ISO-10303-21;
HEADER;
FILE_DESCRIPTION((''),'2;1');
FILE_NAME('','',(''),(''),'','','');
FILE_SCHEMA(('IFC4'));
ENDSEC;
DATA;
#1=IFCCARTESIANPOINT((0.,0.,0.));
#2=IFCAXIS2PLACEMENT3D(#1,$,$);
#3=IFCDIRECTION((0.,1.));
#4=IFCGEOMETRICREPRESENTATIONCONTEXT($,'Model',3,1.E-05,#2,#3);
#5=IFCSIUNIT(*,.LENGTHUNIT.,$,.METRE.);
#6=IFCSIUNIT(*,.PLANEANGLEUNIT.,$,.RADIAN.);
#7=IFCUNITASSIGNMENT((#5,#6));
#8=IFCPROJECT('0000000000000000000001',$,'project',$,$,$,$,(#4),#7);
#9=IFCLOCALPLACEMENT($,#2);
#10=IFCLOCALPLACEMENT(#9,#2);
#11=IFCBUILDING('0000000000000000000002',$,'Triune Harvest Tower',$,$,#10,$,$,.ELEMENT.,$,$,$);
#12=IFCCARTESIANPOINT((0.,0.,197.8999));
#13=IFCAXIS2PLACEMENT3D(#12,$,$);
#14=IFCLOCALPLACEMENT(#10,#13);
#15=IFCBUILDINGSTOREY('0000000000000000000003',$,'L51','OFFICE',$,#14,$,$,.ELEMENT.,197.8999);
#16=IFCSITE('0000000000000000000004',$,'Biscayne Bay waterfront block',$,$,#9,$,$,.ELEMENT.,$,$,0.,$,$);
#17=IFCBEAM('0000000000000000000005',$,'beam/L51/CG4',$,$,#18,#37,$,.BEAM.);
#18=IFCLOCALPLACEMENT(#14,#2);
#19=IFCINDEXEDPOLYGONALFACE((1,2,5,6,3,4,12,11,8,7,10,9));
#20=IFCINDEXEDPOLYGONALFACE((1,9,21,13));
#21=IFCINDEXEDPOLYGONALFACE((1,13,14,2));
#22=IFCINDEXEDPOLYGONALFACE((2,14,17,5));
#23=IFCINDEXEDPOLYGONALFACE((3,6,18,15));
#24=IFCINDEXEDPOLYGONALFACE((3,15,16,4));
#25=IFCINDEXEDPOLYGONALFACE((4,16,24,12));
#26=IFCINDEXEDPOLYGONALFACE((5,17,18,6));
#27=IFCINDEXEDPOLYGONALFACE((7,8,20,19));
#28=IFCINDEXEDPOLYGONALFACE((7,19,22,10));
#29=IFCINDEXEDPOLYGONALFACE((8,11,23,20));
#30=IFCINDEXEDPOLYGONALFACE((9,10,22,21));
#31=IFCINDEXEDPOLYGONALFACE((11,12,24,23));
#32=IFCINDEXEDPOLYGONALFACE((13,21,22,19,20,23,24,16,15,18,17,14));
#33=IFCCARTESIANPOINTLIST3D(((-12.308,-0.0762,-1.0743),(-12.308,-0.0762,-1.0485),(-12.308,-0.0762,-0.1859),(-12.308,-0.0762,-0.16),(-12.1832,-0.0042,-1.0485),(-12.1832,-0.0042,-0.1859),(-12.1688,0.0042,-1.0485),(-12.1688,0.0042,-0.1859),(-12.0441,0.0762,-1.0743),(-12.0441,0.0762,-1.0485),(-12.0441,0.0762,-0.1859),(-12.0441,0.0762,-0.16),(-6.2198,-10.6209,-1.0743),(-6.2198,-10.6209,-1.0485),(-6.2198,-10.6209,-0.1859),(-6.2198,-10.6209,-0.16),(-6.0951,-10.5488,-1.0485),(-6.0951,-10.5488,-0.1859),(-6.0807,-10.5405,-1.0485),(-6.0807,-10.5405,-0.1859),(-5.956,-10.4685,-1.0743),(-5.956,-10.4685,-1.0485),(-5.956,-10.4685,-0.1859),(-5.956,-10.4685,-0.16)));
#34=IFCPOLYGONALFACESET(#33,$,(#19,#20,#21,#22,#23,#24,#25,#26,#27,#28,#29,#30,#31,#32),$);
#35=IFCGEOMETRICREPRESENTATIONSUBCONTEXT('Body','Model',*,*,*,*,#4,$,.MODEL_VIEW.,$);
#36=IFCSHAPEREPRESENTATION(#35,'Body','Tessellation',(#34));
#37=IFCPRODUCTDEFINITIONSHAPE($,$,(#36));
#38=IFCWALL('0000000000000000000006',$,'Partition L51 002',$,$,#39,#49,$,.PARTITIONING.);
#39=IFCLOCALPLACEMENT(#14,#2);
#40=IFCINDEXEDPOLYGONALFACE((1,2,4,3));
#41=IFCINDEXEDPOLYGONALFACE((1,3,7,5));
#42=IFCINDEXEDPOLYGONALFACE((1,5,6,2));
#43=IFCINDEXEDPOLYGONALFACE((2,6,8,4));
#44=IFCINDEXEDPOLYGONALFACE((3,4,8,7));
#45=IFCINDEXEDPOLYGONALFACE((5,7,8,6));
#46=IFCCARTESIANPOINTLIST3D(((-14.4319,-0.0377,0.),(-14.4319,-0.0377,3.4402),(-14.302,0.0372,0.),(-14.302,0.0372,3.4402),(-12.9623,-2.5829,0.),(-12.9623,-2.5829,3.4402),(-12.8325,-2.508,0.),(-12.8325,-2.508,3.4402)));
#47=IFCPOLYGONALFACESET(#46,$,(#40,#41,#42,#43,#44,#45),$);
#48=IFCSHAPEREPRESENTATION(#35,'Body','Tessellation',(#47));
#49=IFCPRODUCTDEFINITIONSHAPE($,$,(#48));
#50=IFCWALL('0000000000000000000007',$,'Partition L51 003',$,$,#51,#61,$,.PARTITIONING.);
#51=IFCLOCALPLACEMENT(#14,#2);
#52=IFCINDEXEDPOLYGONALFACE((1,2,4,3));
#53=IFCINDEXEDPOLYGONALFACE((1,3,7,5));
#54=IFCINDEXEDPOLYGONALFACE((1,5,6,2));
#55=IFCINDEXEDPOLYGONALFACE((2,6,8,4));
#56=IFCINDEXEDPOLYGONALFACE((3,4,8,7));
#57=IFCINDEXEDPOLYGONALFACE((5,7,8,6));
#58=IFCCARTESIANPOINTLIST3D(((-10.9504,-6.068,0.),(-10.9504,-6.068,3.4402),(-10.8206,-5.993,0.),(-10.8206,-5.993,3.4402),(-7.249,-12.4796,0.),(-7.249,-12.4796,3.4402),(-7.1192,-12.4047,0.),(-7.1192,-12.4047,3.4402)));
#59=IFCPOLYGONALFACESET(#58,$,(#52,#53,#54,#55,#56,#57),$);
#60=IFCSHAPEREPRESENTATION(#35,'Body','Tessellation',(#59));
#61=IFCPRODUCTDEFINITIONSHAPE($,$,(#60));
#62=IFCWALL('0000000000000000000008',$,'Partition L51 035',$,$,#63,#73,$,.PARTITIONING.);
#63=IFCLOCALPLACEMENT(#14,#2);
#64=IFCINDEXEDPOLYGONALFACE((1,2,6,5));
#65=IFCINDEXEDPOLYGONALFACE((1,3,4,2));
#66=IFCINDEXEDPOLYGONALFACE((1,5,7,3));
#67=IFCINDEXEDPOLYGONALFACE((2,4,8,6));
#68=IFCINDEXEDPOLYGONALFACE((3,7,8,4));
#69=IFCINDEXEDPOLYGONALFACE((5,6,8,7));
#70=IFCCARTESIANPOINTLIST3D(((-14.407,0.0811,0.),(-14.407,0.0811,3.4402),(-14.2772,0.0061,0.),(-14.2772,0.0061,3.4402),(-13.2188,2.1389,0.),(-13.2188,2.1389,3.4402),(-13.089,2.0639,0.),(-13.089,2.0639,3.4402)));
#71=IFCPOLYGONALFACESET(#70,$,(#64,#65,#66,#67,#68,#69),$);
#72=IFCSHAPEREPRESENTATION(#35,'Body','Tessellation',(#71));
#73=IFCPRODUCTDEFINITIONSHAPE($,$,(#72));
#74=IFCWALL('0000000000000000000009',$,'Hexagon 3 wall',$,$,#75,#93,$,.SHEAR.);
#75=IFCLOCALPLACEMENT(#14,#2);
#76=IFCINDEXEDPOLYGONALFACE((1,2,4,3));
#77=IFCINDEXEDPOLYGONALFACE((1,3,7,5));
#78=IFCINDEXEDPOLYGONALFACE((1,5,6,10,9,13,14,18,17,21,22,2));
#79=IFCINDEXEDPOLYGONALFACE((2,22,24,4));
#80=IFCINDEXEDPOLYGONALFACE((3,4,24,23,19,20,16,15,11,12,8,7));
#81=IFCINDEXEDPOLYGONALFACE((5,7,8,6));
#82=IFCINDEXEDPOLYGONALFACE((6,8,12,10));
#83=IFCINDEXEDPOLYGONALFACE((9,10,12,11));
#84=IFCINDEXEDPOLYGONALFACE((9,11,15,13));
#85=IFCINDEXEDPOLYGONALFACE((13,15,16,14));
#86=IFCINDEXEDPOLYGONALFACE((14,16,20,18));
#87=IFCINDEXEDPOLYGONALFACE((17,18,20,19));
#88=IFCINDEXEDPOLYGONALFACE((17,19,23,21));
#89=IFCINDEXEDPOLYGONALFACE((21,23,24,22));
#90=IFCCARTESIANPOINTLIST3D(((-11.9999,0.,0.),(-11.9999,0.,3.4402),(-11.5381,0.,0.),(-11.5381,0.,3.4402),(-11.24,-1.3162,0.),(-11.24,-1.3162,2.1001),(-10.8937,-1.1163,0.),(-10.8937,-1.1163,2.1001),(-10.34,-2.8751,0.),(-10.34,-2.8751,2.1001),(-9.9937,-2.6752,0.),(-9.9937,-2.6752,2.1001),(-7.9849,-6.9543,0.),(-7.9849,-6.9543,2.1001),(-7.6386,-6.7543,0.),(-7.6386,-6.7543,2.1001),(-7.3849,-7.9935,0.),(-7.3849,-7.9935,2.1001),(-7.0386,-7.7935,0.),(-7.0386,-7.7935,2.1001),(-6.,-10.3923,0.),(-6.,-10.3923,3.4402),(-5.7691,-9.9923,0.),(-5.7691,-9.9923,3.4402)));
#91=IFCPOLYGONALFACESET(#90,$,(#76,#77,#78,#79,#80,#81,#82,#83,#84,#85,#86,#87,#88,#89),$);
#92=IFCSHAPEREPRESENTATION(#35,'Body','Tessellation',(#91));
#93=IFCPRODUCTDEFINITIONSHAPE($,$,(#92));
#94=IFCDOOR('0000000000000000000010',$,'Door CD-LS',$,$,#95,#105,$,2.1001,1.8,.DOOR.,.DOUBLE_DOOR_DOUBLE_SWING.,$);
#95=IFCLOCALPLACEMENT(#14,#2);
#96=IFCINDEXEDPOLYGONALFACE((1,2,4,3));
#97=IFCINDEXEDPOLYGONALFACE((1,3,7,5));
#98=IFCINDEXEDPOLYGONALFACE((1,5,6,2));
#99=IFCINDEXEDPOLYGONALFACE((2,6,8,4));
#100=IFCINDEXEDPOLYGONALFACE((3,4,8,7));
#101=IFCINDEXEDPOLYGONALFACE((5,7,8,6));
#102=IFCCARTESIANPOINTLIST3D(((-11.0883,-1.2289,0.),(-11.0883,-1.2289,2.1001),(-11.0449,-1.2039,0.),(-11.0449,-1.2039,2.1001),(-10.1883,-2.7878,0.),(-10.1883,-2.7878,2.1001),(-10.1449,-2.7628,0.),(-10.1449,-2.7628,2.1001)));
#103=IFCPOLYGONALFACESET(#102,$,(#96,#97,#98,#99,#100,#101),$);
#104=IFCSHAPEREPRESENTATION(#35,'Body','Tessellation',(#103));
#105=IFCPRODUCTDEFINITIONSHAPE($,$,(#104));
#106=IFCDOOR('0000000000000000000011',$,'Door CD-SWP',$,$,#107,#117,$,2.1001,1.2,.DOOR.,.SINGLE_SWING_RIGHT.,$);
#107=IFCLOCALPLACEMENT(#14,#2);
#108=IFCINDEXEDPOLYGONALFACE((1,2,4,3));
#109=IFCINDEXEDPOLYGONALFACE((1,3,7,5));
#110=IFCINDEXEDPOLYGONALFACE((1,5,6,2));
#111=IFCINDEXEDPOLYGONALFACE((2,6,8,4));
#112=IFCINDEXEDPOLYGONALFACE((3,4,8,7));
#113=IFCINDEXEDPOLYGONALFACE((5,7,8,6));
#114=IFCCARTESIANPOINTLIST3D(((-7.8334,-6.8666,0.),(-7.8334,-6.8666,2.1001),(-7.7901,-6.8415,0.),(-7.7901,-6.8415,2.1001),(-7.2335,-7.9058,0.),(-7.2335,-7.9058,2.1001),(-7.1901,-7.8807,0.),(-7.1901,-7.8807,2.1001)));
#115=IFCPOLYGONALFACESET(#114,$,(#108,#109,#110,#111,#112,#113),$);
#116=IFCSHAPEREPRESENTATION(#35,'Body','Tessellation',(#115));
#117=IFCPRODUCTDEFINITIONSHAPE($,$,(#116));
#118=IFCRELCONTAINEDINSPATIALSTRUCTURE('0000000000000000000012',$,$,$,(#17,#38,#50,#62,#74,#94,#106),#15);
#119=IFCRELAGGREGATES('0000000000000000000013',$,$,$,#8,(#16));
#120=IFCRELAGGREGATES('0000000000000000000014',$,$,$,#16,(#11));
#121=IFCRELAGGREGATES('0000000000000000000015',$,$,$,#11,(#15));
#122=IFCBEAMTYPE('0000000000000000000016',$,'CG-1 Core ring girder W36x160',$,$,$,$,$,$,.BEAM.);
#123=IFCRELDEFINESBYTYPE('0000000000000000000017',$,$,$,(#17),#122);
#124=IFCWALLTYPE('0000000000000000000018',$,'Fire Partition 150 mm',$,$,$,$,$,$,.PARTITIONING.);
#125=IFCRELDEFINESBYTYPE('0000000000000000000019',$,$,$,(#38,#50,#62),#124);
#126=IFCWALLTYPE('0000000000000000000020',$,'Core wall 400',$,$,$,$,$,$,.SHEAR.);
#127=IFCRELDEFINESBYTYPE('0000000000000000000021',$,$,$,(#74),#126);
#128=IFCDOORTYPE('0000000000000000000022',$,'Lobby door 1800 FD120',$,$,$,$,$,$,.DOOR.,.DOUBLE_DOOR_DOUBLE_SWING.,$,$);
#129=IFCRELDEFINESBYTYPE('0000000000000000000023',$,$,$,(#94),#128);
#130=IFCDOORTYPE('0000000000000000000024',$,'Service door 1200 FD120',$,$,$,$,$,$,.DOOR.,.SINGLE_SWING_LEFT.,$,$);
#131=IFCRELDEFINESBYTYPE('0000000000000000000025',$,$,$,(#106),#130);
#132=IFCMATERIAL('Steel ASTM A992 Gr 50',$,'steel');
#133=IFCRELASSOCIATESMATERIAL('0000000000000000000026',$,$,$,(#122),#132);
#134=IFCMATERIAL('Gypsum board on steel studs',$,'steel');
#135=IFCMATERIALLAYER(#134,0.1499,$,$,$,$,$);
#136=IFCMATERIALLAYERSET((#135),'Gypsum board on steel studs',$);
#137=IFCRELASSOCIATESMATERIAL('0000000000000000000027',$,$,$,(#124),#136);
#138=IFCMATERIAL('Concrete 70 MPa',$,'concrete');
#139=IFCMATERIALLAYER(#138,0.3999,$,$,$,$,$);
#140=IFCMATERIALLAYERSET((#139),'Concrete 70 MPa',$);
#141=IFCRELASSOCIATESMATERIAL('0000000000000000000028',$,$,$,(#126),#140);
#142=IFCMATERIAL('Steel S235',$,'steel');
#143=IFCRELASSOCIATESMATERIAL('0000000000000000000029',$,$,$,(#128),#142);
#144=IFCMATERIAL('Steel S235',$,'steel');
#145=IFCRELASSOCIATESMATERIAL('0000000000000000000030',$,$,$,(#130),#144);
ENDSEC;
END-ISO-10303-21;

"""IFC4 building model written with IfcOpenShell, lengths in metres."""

from ifc_helpers import new_model, si_unit, direction, frame, frame_2d, origin, origin_2d, place, context, subcontext, project, spatial, polyline, rectangle, i_section, outline, extrude, source, transform, mapped, material, layer, layer_set, material_profile, profile_set, type_object, element, fill, save


model = new_model("IFC4")

# Units and contexts
model_context = context("Model", 3, precision=1e-05, world=origin(), true_north=direction((0.0, 1.0)))
body_context = subcontext(model_context, "Body", "Model", "MODEL_VIEW")
ifc_project = project(units=[si_unit("LENGTHUNIT", "METRE"), si_unit("PLANEANGLEUNIT", "RADIAN")], contexts=[model_context])

# Site, building, storey
site_placement = place(None, origin())
site = spatial("IfcSite", under=ifc_project, at=site_placement, Name="Biscayne Bay waterfront block", CompositionType="ELEMENT", RefElevation=0.0)
building_placement = place(site_placement, origin())
building = spatial("IfcBuilding", under=site, at=building_placement, Name="Triune Harvest Tower", CompositionType="ELEMENT")
storey_placement = place(building_placement, frame((0.0, 0.0, 197.8999)))
storey = spatial("IfcBuildingStorey", under=building, at=storey_placement, Name="L51", Description="OFFICE", CompositionType="ELEMENT", Elevation=197.8999)

# Beam
ifc_material_1 = material(Name="Steel ASTM A992 Gr 50", Category="steel")
ifc_material_profile = material_profile(ifc_material_1, i_section(OverallWidth=0.3047, OverallDepth=0.9143, WebThickness=0.0166, FlangeThickness=0.0259, at=origin_2d()), Name="W36x160")
ifc_profile_set = profile_set([ifc_material_profile], Name="Steel ASTM A992 Gr 50")
beam_type = type_object("IfcBeamType", Name="CG-1 Core ring girder W36x160", PredefinedType="BEAM", material=ifc_profile_set)
shared_shape_1 = source(origin(), body_context, "Body", "SweptSolid", [
    extrude(i_section(OverallWidth=0.3047, OverallDepth=0.9143, WebThickness=0.0166, FlangeThickness=0.0259, at=origin_2d()), origin(), (0.0, 0.0, 1.0), 12.176),
])
beam_placement = place(storey_placement, frame((-12.176, 0.0, -0.6172), z_axis=(0.50001, -0.86602, 0.0), x_axis=(0.86602, 0.50001, 0.0)))
element("IfcBeam", 1, at=beam_placement, inside=storey, type_object=beam_type, Name="beam/L51/CG4", PredefinedType="BEAM", context=body_context, shape_type="MappedRepresentation", body=[
    mapped(shared_shape_1, transform((0.0, 0.0, 0.0), scale=1.0)),
])

# Walls
ifc_material_2 = material(Name="Gypsum board on steel studs", Category="steel")
ifc_layer_1 = layer(ifc_material_2, 0.1499)
ifc_layer_set_1 = layer_set([ifc_layer_1], Name="Gypsum board on steel studs")
wall_type_1 = type_object("IfcWallType", Name="Fire Partition 150 mm", PredefinedType="PARTITIONING", material=ifc_layer_set_1)
wall_1_placement = place(storey_placement, frame((-14.3669, -0.0002, 0.0), z_axis=(0.0, 0.0, 1.0), x_axis=(0.500008, -0.866021, 0.0)))
element("IfcWall", 2, at=wall_1_placement, inside=storey, type_object=wall_type_1, Name="Partition L51 002", PredefinedType="PARTITIONING", context=body_context, shape_type="SweptSolid", body=[
    extrude(rectangle(XDim=2.939, YDim=0.1499, at=frame_2d((1.4695, 0.0))), origin(), (0.0, 0.0, 1.0), 3.4402),
])
wall_2_placement = place(storey_placement, frame((-10.8855, -6.0305, 0.0), z_axis=(0.0, 0.0, 1.0), x_axis=(0.499966, -0.866045, 0.0)))
element("IfcWall", 3, at=wall_2_placement, inside=storey, type_object=wall_type_1, Name="Partition L51 003", PredefinedType="PARTITIONING", context=body_context, shape_type="SweptSolid", body=[
    extrude(rectangle(XDim=7.4033, YDim=0.1499, at=frame_2d((3.7017, 0.0))), origin(), (0.0, 0.0, 1.0), 3.4402),
])
wall_3_placement = place(storey_placement, frame((-14.342, 0.0437, 0.0), z_axis=(0.0, 0.0, 1.0), x_axis=(0.50004, 0.866003, 0.0)))
element("IfcWall", 4, at=wall_3_placement, inside=storey, type_object=wall_type_1, Name="Partition L51 035", PredefinedType="PARTITIONING", context=body_context, shape_type="SweptSolid", body=[
    extrude(rectangle(XDim=2.3762, YDim=0.1499, at=frame_2d((1.188, 0.0))), origin(), (0.0, 0.0, 1.0), 3.4402),
])

# Wall, openings, doors
ifc_material_3 = material(Name="Concrete 70 MPa", Category="concrete")
ifc_layer_2 = layer(ifc_material_3, 0.3999)
ifc_layer_set_2 = layer_set([ifc_layer_2], Name="Concrete 70 MPa")
wall_type_2 = type_object("IfcWallType", Name="Core wall 400", PredefinedType="SHEAR", material=ifc_layer_set_2)
shared_shape_2 = source(origin(), body_context, "Body", "SweptSolid", [
    extrude(outline(polyline([(-0.1155, -0.2), (11.8845, -0.2), (11.6536, 0.2), (0.1155, 0.2), (-0.1155, -0.2)])), origin(), (0.0, 0.0, 1.0), 3.4402),
])
wall_4_placement = place(storey_placement, frame((-11.769, 0.0, 0.0), z_axis=(0.0, 0.0, 1.0), x_axis=(0.499997, -0.866027, 0.0)))
wall_4 = element("IfcWall", 5, at=wall_4_placement, inside=storey, type_object=wall_type_2, Name="Hexagon 3 wall", PredefinedType="SHEAR", context=body_context, shape_type="MappedRepresentation", body=[
    mapped(shared_shape_2, transform((0.0, 0.0, 0.0), scale=1.0)),
])
opening_1_placement = place(wall_4_placement, frame((1.4045, 0.0, 0.0)))
opening_1 = element("IfcOpeningElement", 6, at=opening_1_placement, cuts=wall_4, PredefinedType="OPENING", context=body_context, shape_type="SweptSolid", body=[
    extrude(rectangle(XDim=1.8, YDim=2.1001, at=frame_2d((0.8999, 1.05))), frame((0.0, 0.21, 0.0), z_axis=(0.0, -1.0, 0.0), x_axis=(1.0, 0.0, 0.0)), (0.0, 0.0, 1.0), 0.4199),
])
opening_2_placement = place(wall_4_placement, frame((7.9146, 0.0, 0.0)))
opening_2 = element("IfcOpeningElement", 7, at=opening_2_placement, cuts=wall_4, PredefinedType="OPENING", context=body_context, shape_type="SweptSolid", body=[
    extrude(rectangle(XDim=1.2, YDim=2.1001, at=frame_2d((0.6001, 1.05))), frame((0.0, 0.21, 0.0), z_axis=(0.0, -1.0, 0.0), x_axis=(1.0, 0.0, 0.0)), (0.0, 0.0, 1.0), 0.4199),
])
ifc_material_4 = material(Name="Steel S235", Category="steel")
door_type_1 = type_object("IfcDoorType", Name="Lobby door 1800 FD120", OperationType="DOUBLE_DOOR_DOUBLE_SWING", PredefinedType="DOOR", material=ifc_material_4)
door_1_placement = place(opening_1_placement, frame((1.8, 0.0, 0.0), z_axis=(0.0, 0.0, 1.0), x_axis=(-1.0, 0.0, 0.0)))
door_1 = element("IfcDoor", 8, at=door_1_placement, inside=storey, type_object=door_type_1, Name="Door CD-LS", OperationType="DOUBLE_DOOR_DOUBLE_SWING", OverallHeight=2.1001, OverallWidth=1.8, PredefinedType="DOOR", context=body_context, shape_type="SweptSolid", body=[
    extrude(rectangle(XDim=1.8, YDim=2.1001, at=frame_2d((0.8999, 1.05))), frame((0.0, 0.0249, 0.0), z_axis=(0.0, -1.0, 0.0), x_axis=(1.0, 0.0, 0.0)), (0.0, 0.0, 1.0), 0.05),
])
fill(opening_1, door_1)
ifc_material_5 = material(Name="Steel S235", Category="steel")
door_type_2 = type_object("IfcDoorType", Name="Service door 1200 FD120", OperationType="SINGLE_SWING_LEFT", PredefinedType="DOOR", material=ifc_material_5)
door_2_placement = place(opening_2_placement, frame((1.2, 0.0, 0.0), z_axis=(0.0, 0.0, 1.0), x_axis=(-1.0, 0.0, 0.0)))
door_2 = element("IfcDoor", 9, at=door_2_placement, inside=storey, type_object=door_type_2, Name="Door CD-SWP", OperationType="SINGLE_SWING_RIGHT", OverallHeight=2.1001, OverallWidth=1.2, PredefinedType="DOOR", context=body_context, shape_type="SweptSolid", body=[
    extrude(rectangle(XDim=1.2, YDim=2.1001, at=frame_2d((0.6001, 1.05))), frame((0.0, 0.0249, 0.0), z_axis=(0.0, -1.0, 0.0), x_axis=(1.0, 0.0, 0.0)), (0.0, 0.0, 1.0), 0.05),
])
fill(opening_2, door_2)

save(model, "model.ifc")
